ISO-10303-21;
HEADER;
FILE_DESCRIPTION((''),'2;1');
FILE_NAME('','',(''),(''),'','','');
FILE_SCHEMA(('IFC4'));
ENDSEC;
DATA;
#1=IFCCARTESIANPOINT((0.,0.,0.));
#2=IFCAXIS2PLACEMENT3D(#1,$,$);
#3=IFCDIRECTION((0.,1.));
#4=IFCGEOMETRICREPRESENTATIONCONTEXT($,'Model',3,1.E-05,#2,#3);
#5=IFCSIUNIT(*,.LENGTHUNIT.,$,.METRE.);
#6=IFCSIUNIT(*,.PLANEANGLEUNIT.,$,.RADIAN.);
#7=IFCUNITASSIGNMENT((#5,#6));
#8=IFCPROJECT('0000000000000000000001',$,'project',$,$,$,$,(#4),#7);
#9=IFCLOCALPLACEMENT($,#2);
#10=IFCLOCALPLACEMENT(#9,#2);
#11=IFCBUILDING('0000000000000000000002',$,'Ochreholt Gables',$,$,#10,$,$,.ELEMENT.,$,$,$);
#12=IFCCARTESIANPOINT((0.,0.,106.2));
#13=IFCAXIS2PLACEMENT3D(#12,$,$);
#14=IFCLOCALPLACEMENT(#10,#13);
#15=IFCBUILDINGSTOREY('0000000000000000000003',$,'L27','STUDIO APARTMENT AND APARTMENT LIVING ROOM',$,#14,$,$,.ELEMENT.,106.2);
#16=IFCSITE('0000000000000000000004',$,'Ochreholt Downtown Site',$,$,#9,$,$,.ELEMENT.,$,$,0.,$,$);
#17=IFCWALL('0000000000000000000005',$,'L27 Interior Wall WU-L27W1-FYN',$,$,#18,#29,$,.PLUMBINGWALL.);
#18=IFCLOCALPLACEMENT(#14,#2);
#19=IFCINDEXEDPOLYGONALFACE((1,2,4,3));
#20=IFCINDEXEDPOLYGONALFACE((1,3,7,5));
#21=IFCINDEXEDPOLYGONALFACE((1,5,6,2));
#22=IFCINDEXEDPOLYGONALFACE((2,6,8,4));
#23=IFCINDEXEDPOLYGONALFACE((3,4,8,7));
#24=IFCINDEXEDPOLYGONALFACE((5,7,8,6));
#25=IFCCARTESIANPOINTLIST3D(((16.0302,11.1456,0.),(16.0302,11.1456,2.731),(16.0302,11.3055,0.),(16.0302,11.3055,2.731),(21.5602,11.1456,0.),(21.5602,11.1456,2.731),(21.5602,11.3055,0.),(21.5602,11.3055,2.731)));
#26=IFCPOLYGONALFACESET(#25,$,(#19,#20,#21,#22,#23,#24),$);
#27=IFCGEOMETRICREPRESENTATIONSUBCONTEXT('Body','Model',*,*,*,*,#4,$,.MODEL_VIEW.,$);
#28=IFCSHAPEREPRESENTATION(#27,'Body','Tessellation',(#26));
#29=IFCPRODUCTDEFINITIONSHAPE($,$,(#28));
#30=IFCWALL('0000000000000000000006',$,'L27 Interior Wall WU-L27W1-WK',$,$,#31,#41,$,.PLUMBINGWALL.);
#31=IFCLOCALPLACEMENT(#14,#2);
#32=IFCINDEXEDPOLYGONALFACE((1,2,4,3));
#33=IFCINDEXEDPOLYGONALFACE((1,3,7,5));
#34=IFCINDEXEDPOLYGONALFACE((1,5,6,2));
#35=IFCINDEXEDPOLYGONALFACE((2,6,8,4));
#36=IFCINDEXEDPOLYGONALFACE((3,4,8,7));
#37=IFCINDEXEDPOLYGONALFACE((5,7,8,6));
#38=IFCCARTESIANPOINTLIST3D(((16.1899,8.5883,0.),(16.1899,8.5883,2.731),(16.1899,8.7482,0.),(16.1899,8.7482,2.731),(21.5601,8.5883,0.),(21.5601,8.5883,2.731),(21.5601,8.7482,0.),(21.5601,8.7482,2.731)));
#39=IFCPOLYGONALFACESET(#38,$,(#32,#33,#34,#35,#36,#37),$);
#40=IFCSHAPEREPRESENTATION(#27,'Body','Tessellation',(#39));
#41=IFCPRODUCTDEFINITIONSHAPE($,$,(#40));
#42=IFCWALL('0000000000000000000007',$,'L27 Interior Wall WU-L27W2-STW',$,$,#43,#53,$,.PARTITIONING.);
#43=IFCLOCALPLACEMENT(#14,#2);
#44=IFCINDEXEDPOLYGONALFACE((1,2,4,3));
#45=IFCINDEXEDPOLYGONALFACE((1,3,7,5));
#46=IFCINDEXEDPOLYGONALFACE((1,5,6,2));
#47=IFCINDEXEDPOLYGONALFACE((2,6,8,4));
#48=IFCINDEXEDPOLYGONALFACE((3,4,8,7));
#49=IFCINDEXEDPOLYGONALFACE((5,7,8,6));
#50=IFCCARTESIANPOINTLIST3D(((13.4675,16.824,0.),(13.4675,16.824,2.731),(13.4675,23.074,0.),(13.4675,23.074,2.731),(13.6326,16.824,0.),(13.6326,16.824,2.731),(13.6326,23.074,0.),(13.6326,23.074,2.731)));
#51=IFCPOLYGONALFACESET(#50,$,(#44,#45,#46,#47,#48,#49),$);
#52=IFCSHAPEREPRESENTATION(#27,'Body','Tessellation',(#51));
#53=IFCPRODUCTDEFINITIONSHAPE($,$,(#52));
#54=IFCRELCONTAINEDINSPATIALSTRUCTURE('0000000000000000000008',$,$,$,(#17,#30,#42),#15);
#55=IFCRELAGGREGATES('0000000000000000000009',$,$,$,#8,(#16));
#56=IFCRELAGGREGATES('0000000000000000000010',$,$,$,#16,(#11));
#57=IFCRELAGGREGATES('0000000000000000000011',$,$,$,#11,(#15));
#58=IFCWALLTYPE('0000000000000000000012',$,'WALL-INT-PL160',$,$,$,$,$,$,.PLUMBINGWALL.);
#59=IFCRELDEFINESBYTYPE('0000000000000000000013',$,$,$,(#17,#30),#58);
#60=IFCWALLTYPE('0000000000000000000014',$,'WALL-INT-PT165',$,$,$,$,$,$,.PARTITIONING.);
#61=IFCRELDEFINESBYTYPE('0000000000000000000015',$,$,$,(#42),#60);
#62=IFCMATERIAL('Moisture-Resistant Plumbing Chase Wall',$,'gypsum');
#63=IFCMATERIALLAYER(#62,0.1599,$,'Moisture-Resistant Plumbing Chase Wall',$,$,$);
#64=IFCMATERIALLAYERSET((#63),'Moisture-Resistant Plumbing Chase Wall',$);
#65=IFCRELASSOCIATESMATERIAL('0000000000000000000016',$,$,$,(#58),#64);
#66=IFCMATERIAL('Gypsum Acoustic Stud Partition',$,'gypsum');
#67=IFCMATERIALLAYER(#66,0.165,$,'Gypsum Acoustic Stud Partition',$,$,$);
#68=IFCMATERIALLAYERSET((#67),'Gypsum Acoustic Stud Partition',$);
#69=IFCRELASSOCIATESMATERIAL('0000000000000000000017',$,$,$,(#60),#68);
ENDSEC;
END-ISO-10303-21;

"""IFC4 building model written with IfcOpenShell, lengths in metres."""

from ifc_helpers import new_model, si_unit, direction, frame, frame_2d, origin, place, context, subcontext, project, spatial, rectangle, extrude, material, layer, layer_set, type_object, element, save


model = new_model("IFC4")

# Units and contexts
model_context = context("Model", 3, precision=1e-05, world=origin(), true_north=direction((0.0, 1.0)))
body_context = subcontext(model_context, "Body", "Model", "MODEL_VIEW")
ifc_project = project(units=[si_unit("LENGTHUNIT", "METRE"), si_unit("PLANEANGLEUNIT", "RADIAN")], contexts=[model_context])

# Site, building, storey
site_placement = place(None, origin())
site = spatial("IfcSite", under=ifc_project, at=site_placement, Name="Ochreholt Downtown Site", CompositionType="ELEMENT", RefElevation=0.0)
building_placement = place(site_placement, origin())
building = spatial("IfcBuilding", under=site, at=building_placement, Name="Ochreholt Gables", CompositionType="ELEMENT")
storey_placement = place(building_placement, frame((0.0, 0.0, 106.2)))
storey = spatial("IfcBuildingStorey", under=building, at=storey_placement, Name="L27", Description="STUDIO APARTMENT AND APARTMENT LIVING ROOM", CompositionType="ELEMENT", Elevation=106.2)

# Wall
ifc_material_1 = material(Name="Moisture-Resistant Plumbing Chase Wall", Category="gypsum")
ifc_layer_1 = layer(ifc_material_1, 0.1599, Name="Moisture-Resistant Plumbing Chase Wall")
ifc_layer_set_1 = layer_set([ifc_layer_1], Name="Moisture-Resistant Plumbing Chase Wall")
wall_type_1 = type_object("IfcWallType", Name="WALL-INT-PL160", PredefinedType="PLUMBINGWALL", material=ifc_layer_set_1)
wall_1_placement = place(storey_placement, frame((16.03, 11.2256, 0.0), z_axis=(0.0, 0.0, 1.0), x_axis=(1.0, 0.0, 0.0)))
element("IfcWall", 1, at=wall_1_placement, inside=storey, type_object=wall_type_1, Name="L27 Interior Wall WU-L27W1-FYN", PredefinedType="PLUMBINGWALL", context=body_context, shape_type="SweptSolid", body=[
    extrude(rectangle(XDim=5.53, YDim=0.1599, at=frame_2d((2.7651, 0.0))), origin(), (0.0, 0.0, 1.0), 2.731),
])

# Wall
wall_2_placement = place(storey_placement, frame((16.1899, 8.6682, 0.0), z_axis=(0.0, 0.0, 1.0), x_axis=(1.0, 0.0, 0.0)))
element("IfcWall", 2, at=wall_2_placement, inside=storey, type_object=wall_type_1, Name="L27 Interior Wall WU-L27W1-WK", PredefinedType="PLUMBINGWALL", context=body_context, shape_type="SweptSolid", body=[
    extrude(rectangle(XDim=5.3701, YDim=0.1599, at=frame_2d((2.6851, 0.0))), origin(), (0.0, 0.0, 1.0), 2.731),
])

# Wall
ifc_material_2 = material(Name="Gypsum Acoustic Stud Partition", Category="gypsum")
ifc_layer_2 = layer(ifc_material_2, 0.165, Name="Gypsum Acoustic Stud Partition")
ifc_layer_set_2 = layer_set([ifc_layer_2], Name="Gypsum Acoustic Stud Partition")
wall_type_2 = type_object("IfcWallType", Name="WALL-INT-PT165", PredefinedType="PARTITIONING", material=ifc_layer_set_2)
wall_3_placement = place(storey_placement, frame((13.55, 16.824, 0.0), z_axis=(0.0, 0.0, 1.0), x_axis=(0.0, 1.0, 0.0)))
element("IfcWall", 3, at=wall_3_placement, inside=storey, type_object=wall_type_2, Name="L27 Interior Wall WU-L27W2-STW", PredefinedType="PARTITIONING", context=body_context, shape_type="SweptSolid", body=[
    extrude(rectangle(XDim=6.25, YDim=0.165, at=frame_2d((3.125, 0.0))), origin(), (0.0, 0.0, 1.0), 2.731),
])

save(model, "model.ifc")
